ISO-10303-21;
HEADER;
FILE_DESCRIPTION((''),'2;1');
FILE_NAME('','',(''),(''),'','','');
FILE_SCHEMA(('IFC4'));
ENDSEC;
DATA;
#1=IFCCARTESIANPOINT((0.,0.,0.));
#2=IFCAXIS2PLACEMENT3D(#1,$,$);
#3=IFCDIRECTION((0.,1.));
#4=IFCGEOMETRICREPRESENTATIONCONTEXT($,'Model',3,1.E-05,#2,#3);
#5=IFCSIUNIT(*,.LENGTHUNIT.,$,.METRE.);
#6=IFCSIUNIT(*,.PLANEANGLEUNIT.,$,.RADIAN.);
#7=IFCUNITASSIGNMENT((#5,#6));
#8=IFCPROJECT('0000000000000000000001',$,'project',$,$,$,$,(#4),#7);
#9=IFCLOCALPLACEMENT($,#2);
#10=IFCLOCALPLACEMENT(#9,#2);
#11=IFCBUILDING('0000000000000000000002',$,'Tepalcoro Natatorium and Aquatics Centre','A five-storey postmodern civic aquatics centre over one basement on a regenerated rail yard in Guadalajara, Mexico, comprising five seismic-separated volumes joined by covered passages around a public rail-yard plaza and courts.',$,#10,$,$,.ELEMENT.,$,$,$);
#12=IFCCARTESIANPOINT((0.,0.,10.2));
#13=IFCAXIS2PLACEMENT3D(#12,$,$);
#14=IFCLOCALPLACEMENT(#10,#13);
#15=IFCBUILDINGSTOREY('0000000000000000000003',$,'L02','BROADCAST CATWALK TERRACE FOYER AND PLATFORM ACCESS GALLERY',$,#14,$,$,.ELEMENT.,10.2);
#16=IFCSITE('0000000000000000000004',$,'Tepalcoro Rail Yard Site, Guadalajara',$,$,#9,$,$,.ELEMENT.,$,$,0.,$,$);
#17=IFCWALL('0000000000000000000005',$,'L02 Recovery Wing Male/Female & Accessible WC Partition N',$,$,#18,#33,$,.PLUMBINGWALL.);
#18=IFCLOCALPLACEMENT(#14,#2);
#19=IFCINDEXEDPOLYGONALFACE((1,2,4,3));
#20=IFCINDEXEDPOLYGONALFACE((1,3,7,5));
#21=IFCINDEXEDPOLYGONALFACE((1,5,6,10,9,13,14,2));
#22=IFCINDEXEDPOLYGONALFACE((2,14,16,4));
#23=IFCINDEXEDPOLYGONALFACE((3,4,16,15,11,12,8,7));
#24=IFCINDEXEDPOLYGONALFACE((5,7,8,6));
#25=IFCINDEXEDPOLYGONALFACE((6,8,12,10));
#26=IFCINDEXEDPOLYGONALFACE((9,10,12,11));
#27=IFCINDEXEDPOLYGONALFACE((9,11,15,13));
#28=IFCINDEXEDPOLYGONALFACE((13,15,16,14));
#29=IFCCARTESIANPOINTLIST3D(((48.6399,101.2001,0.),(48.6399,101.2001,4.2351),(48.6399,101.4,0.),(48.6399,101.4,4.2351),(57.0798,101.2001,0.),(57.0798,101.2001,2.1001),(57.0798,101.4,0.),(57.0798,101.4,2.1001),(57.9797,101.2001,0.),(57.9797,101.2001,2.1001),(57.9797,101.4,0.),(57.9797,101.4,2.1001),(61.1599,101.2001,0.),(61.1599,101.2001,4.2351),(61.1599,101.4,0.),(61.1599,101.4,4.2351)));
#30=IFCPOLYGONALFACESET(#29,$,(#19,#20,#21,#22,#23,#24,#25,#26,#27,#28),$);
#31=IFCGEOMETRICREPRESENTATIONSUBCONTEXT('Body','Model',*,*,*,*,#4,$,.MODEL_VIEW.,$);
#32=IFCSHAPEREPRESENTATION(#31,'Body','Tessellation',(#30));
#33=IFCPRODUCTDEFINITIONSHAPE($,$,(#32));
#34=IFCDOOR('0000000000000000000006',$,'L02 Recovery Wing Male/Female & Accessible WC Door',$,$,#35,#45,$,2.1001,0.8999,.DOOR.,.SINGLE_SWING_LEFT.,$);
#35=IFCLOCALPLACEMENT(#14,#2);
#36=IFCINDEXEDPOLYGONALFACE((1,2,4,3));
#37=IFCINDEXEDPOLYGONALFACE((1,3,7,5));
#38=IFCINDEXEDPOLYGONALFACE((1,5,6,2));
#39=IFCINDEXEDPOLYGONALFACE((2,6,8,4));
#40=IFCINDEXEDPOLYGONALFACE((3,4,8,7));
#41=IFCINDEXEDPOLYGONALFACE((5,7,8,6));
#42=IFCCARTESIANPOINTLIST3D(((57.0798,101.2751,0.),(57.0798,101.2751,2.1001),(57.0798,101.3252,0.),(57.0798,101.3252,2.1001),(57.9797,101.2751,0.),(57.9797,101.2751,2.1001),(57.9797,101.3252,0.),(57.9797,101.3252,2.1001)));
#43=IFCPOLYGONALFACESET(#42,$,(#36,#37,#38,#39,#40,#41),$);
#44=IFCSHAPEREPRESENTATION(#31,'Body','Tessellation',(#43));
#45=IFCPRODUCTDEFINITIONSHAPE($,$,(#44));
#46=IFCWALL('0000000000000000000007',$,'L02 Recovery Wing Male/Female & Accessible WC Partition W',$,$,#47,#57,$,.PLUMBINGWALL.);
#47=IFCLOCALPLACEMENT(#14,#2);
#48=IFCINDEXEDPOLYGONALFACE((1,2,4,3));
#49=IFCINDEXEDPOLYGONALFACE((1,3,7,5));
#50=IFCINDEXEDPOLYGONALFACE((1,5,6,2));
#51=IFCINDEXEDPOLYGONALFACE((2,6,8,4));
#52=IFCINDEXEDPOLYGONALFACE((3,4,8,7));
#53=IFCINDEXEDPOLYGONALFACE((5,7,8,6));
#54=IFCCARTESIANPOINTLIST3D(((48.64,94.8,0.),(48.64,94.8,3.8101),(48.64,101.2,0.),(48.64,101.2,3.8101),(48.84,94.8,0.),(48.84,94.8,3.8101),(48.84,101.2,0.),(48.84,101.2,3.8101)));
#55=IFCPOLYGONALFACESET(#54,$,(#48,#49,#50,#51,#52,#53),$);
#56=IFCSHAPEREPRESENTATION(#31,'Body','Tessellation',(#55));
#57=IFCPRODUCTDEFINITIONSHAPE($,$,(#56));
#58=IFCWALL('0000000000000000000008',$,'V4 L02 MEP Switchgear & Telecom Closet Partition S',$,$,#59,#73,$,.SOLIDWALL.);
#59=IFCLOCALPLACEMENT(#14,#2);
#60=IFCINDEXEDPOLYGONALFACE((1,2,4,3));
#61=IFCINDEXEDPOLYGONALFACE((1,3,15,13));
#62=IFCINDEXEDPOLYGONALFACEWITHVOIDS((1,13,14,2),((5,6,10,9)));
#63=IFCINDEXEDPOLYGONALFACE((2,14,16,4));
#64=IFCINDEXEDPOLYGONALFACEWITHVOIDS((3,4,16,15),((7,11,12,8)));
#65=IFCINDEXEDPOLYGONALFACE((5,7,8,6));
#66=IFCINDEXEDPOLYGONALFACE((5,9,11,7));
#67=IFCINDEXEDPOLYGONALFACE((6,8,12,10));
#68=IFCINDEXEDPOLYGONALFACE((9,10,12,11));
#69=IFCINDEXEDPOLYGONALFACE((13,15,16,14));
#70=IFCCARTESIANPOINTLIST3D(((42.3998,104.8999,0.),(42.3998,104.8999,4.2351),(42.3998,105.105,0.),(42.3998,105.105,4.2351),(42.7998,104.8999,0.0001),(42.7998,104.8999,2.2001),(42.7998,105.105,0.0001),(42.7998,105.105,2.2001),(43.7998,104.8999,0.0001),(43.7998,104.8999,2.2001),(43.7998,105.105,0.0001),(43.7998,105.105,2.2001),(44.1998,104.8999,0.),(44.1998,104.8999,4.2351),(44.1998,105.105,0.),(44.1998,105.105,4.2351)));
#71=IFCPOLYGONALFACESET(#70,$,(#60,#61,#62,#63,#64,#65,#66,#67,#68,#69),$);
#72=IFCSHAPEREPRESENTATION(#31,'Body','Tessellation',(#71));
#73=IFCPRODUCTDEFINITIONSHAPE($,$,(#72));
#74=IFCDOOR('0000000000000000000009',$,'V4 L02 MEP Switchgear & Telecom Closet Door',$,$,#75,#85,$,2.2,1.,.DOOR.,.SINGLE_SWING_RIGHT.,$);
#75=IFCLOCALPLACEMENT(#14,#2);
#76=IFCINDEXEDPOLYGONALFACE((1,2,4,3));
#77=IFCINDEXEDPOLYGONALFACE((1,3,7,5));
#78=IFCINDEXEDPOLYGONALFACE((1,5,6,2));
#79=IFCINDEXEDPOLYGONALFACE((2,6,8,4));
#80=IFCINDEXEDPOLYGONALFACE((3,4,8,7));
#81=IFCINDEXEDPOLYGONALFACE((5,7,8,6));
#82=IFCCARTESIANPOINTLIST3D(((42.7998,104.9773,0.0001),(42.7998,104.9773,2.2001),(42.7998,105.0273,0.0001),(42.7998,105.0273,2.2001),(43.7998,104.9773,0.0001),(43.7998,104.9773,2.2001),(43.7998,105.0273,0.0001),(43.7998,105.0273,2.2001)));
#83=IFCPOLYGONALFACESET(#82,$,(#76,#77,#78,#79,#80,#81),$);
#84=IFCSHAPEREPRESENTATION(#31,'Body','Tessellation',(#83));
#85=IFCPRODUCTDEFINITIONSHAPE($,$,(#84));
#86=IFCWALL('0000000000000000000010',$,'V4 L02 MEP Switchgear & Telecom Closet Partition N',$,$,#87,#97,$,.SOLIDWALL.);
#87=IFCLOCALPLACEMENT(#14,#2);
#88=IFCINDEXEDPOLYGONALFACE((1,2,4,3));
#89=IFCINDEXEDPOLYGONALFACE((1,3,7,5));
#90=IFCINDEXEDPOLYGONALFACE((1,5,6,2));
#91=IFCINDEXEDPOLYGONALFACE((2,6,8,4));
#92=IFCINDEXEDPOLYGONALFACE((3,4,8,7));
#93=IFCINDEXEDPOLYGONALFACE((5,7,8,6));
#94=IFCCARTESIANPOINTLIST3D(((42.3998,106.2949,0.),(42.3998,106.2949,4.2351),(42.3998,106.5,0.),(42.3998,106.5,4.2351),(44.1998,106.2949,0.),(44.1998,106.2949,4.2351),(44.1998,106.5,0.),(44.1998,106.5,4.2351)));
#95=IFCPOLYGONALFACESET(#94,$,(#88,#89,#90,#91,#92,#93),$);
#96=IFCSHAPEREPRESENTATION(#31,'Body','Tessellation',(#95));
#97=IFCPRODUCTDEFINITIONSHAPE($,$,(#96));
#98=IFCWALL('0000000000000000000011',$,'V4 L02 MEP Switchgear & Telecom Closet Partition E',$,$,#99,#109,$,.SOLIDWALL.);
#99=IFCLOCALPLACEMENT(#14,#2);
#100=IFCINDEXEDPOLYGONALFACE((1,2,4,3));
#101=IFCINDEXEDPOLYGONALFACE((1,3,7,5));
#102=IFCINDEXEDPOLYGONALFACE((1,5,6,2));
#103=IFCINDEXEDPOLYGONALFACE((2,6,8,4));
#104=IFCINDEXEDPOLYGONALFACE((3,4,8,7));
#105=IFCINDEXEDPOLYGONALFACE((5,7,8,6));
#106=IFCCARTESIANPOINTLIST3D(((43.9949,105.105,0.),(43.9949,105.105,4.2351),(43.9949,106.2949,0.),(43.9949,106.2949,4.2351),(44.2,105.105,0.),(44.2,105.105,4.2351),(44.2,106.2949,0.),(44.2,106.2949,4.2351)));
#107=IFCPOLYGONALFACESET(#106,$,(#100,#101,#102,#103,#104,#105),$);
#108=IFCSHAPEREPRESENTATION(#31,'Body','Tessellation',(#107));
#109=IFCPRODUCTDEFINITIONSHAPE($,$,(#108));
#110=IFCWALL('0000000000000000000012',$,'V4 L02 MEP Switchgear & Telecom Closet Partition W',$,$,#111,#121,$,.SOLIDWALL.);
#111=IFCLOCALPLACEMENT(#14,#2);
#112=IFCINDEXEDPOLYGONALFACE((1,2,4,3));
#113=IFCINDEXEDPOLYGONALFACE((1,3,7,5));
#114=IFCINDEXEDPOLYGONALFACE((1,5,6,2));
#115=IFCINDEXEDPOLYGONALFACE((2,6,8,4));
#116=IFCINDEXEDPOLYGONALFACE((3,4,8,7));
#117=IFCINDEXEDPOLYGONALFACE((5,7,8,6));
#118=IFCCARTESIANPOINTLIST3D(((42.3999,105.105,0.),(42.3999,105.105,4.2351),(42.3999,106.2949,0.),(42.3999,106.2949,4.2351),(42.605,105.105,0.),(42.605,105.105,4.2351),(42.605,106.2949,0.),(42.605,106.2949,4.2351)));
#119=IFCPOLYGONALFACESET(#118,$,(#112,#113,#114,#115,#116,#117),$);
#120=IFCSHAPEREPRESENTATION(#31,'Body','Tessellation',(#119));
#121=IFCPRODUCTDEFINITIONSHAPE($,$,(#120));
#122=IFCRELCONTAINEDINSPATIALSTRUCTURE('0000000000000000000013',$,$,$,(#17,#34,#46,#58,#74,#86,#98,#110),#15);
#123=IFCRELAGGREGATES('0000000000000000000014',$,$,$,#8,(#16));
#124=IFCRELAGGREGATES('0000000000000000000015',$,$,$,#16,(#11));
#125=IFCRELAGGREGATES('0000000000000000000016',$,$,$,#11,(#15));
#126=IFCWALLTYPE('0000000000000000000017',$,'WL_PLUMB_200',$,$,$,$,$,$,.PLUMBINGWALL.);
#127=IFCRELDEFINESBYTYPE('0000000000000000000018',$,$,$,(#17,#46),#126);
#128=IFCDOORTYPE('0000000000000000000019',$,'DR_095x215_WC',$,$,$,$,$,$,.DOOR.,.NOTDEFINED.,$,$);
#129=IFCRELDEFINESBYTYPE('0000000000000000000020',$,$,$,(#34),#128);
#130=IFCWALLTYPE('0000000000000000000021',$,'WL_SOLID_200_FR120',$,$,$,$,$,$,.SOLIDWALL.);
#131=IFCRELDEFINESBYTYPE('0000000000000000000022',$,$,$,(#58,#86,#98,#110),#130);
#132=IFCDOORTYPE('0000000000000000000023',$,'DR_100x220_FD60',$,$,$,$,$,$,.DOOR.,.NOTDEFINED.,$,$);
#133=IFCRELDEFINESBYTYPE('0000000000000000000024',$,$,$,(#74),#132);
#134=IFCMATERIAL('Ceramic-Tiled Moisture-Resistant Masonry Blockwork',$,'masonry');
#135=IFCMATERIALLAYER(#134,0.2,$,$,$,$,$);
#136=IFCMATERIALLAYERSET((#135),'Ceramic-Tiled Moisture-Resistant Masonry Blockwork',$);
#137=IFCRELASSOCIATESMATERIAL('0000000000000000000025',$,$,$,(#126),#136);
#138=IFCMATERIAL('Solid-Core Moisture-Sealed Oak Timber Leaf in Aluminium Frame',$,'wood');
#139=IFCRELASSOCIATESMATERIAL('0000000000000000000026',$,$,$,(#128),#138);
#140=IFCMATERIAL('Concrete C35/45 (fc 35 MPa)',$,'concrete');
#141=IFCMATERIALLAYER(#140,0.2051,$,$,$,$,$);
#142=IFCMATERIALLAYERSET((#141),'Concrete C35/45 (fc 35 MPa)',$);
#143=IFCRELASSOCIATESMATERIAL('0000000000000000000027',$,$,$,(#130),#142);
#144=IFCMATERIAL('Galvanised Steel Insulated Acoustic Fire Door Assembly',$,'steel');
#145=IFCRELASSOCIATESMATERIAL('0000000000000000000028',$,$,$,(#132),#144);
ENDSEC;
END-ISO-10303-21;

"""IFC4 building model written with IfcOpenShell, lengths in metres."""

from ifc_helpers import new_model, si_unit, direction, frame, frame_2d, origin, place, context, subcontext, project, spatial, rectangle, extrude, material, layer, layer_set, type_object, element, fill, save


model = new_model("IFC4")

# Units and contexts
model_context = context("Model", 3, precision=1e-05, world=origin(), true_north=direction((0.0, 1.0)))
body_context = subcontext(model_context, "Body", "Model", "MODEL_VIEW")
ifc_project = project(units=[si_unit("LENGTHUNIT", "METRE"), si_unit("PLANEANGLEUNIT", "RADIAN")], contexts=[model_context])

# Site, building, storey
site_placement = place(None, origin())
site = spatial("IfcSite", under=ifc_project, at=site_placement, Name="Tepalcoro Rail Yard Site, Guadalajara", CompositionType="ELEMENT", RefElevation=0.0)
building_placement = place(site_placement, origin())
building = spatial("IfcBuilding", under=site, at=building_placement, Name="Tepalcoro Natatorium and Aquatics Centre", Description="A five-storey postmodern civic aquatics centre over one basement on a regenerated rail yard in Guadalajara, Mexico, comprising five seismic-separated volumes joined by covered passages around a public rail-yard plaza and courts.", CompositionType="ELEMENT")
storey_placement = place(building_placement, frame((0.0, 0.0, 10.2)))
storey = spatial("IfcBuildingStorey", under=building, at=storey_placement, Name="L02", Description="BROADCAST CATWALK TERRACE FOYER AND PLATFORM ACCESS GALLERY", CompositionType="ELEMENT", Elevation=10.2)

# Wall, opening, door
ifc_material_1 = material(Name="Ceramic-Tiled Moisture-Resistant Masonry Blockwork", Category="masonry")
ifc_layer_1 = layer(ifc_material_1, 0.2)
ifc_layer_set_1 = layer_set([ifc_layer_1], Name="Ceramic-Tiled Moisture-Resistant Masonry Blockwork")
wall_type_1 = type_object("IfcWallType", Name="WL_PLUMB_200", PredefinedType="PLUMBINGWALL", material=ifc_layer_set_1)
wall_1_placement = place(storey_placement, frame((48.6399, 101.3, 0.0), z_axis=(0.0, 0.0, 1.0), x_axis=(1.0, 0.0, 0.0)))
wall_1 = element("IfcWall", 1, at=wall_1_placement, inside=storey, type_object=wall_type_1, Name="L02 Recovery Wing Male/Female & Accessible WC Partition N", PredefinedType="PLUMBINGWALL", context=body_context, shape_type="SweptSolid", body=[
    extrude(rectangle(XDim=12.52, YDim=0.2, at=frame_2d((6.26, 0.0))), origin(), (0.0, 0.0, 1.0), 4.2351),
])
opening_1_placement = place(wall_1_placement, frame((8.4399, 0.0, 0.0)))
opening_1 = element("IfcOpeningElement", 2, at=opening_1_placement, cuts=wall_1, PredefinedType="OPENING", context=body_context, shape_type="SweptSolid", body=[
    extrude(rectangle(XDim=0.8999, YDim=2.1001, at=frame_2d((0.45, 1.05))), frame((0.0, 0.1118, 0.0), z_axis=(0.0, -1.0, 0.0), x_axis=(1.0, 0.0, 0.0)), (0.0, 0.0, 1.0), 0.2239),
])
ifc_material_2 = material(Name="Solid-Core Moisture-Sealed Oak Timber Leaf in Aluminium Frame", Category="wood")
door_type_1 = type_object("IfcDoorType", Name="DR_095x215_WC", OperationType="NOTDEFINED", PredefinedType="DOOR", material=ifc_material_2)
door_1_placement = place(opening_1_placement, frame((0.8999, 0.0, 0.0), z_axis=(0.0, 0.0, 1.0), x_axis=(-1.0, 0.0, 0.0)))
door_1 = element("IfcDoor", 3, at=door_1_placement, inside=storey, type_object=door_type_1, Name="L02 Recovery Wing Male/Female & Accessible WC Door", OperationType="SINGLE_SWING_LEFT", OverallHeight=2.1001, OverallWidth=0.8999, PredefinedType="DOOR", context=body_context, shape_type="SweptSolid", body=[
    extrude(rectangle(XDim=0.8999, YDim=2.1001, at=frame_2d((0.45, 1.05))), frame((0.0, 0.0249, 0.0), z_axis=(0.0, -1.0, 0.0), x_axis=(1.0, 0.0, 0.0)), (0.0, 0.0, 1.0), 0.05),
])
fill(opening_1, door_1)

# Wall
wall_2_placement = place(storey_placement, frame((48.74, 94.8, 0.0), z_axis=(0.0, 0.0, 1.0), x_axis=(0.0, 1.0, 0.0)))
element("IfcWall", 4, at=wall_2_placement, inside=storey, type_object=wall_type_1, Name="L02 Recovery Wing Male/Female & Accessible WC Partition W", PredefinedType="PLUMBINGWALL", context=body_context, shape_type="SweptSolid", body=[
    extrude(rectangle(XDim=6.3999, YDim=0.2, at=frame_2d((3.2, 0.0))), origin(), (0.0, 0.0, 1.0), 3.8101),
])

# Wall, opening, door
ifc_material_3 = material(Name="Concrete C35/45 (fc 35 MPa)", Category="concrete")
ifc_layer_2 = layer(ifc_material_3, 0.2051)
ifc_layer_set_2 = layer_set([ifc_layer_2], Name="Concrete C35/45 (fc 35 MPa)")
wall_type_2 = type_object("IfcWallType", Name="WL_SOLID_200_FR120", PredefinedType="SOLIDWALL", material=ifc_layer_set_2)
wall_3_placement = place(storey_placement, frame((42.3999, 105.0024, 0.0), z_axis=(0.0, 0.0, 1.0), x_axis=(1.0, 0.0, 0.0)))
wall_3 = element("IfcWall", 5, at=wall_3_placement, inside=storey, type_object=wall_type_2, Name="V4 L02 MEP Switchgear & Telecom Closet Partition S", PredefinedType="SOLIDWALL", context=body_context, shape_type="SweptSolid", body=[
    extrude(rectangle(XDim=1.8, YDim=0.2051, at=frame_2d((0.8999, 0.0))), origin(), (0.0, 0.0, 1.0), 4.2351),
])
opening_2_placement = place(wall_3_placement, frame((0.3999, 0.0, 0.0)))
opening_2 = element("IfcOpeningElement", 6, at=opening_2_placement, cuts=wall_3, PredefinedType="OPENING", context=body_context, shape_type="SweptSolid", body=[
    extrude(rectangle(XDim=1.0, YDim=2.2, at=frame_2d((0.5, 1.1001))), frame((0.0, 0.1145, 0.0), z_axis=(0.0, -1.0, 0.0), x_axis=(1.0, 0.0, 0.0)), (0.0, 0.0, 1.0), 0.229),
])
ifc_material_4 = material(Name="Galvanised Steel Insulated Acoustic Fire Door Assembly", Category="steel")
door_type_2 = type_object("IfcDoorType", Name="DR_100x220_FD60", OperationType="NOTDEFINED", PredefinedType="DOOR", material=ifc_material_4)
door_2_placement = place(opening_2_placement, origin())
door_2 = element("IfcDoor", 7, at=door_2_placement, inside=storey, type_object=door_type_2, Name="V4 L02 MEP Switchgear & Telecom Closet Door", OperationType="SINGLE_SWING_RIGHT", OverallHeight=2.2, OverallWidth=1.0, PredefinedType="DOOR", context=body_context, shape_type="SweptSolid", body=[
    extrude(rectangle(XDim=1.0, YDim=2.2, at=frame_2d((0.5, 1.1001))), frame((0.0, 0.0249, 0.0), z_axis=(0.0, -1.0, 0.0), x_axis=(1.0, 0.0, 0.0)), (0.0, 0.0, 1.0), 0.05),
])
fill(opening_2, door_2)

# Walls
wall_4_placement = place(storey_placement, frame((42.3999, 106.3975, 0.0), z_axis=(0.0, 0.0, 1.0), x_axis=(1.0, 0.0, 0.0)))
element("IfcWall", 8, at=wall_4_placement, inside=storey, type_object=wall_type_2, Name="V4 L02 MEP Switchgear & Telecom Closet Partition N", PredefinedType="SOLIDWALL", context=body_context, shape_type="SweptSolid", body=[
    extrude(rectangle(XDim=1.8, YDim=0.2051, at=frame_2d((0.8999, 0.0))), origin(), (0.0, 0.0, 1.0), 4.2351),
])
for number, where, z_axis, x_axis, name in (
    (9, (44.0974, 105.105, 0.0), (0.0, 0.0, 1.0), (0.0, 1.0, 0.0), "V4 L02 MEP Switchgear & Telecom Closet Partition E"),
    (10, (42.5024, 105.105, 0.0), (0.0, 0.0, 1.0), (0.0, 1.0, 0.0), "V4 L02 MEP Switchgear & Telecom Closet Partition W"),
):
    element("IfcWall", number, at=place(storey_placement, frame(where, z_axis=z_axis, x_axis=x_axis)), inside=storey, type_object=wall_type_2, Name=name, PredefinedType="SOLIDWALL", context=body_context, shape_type="SweptSolid", body=[
        extrude(rectangle(XDim=1.1899, YDim=0.2051, at=frame_2d((0.595, 0.0))), origin(), (0.0, 0.0, 1.0), 4.2351),
    ])

save(model, "model.ifc")
